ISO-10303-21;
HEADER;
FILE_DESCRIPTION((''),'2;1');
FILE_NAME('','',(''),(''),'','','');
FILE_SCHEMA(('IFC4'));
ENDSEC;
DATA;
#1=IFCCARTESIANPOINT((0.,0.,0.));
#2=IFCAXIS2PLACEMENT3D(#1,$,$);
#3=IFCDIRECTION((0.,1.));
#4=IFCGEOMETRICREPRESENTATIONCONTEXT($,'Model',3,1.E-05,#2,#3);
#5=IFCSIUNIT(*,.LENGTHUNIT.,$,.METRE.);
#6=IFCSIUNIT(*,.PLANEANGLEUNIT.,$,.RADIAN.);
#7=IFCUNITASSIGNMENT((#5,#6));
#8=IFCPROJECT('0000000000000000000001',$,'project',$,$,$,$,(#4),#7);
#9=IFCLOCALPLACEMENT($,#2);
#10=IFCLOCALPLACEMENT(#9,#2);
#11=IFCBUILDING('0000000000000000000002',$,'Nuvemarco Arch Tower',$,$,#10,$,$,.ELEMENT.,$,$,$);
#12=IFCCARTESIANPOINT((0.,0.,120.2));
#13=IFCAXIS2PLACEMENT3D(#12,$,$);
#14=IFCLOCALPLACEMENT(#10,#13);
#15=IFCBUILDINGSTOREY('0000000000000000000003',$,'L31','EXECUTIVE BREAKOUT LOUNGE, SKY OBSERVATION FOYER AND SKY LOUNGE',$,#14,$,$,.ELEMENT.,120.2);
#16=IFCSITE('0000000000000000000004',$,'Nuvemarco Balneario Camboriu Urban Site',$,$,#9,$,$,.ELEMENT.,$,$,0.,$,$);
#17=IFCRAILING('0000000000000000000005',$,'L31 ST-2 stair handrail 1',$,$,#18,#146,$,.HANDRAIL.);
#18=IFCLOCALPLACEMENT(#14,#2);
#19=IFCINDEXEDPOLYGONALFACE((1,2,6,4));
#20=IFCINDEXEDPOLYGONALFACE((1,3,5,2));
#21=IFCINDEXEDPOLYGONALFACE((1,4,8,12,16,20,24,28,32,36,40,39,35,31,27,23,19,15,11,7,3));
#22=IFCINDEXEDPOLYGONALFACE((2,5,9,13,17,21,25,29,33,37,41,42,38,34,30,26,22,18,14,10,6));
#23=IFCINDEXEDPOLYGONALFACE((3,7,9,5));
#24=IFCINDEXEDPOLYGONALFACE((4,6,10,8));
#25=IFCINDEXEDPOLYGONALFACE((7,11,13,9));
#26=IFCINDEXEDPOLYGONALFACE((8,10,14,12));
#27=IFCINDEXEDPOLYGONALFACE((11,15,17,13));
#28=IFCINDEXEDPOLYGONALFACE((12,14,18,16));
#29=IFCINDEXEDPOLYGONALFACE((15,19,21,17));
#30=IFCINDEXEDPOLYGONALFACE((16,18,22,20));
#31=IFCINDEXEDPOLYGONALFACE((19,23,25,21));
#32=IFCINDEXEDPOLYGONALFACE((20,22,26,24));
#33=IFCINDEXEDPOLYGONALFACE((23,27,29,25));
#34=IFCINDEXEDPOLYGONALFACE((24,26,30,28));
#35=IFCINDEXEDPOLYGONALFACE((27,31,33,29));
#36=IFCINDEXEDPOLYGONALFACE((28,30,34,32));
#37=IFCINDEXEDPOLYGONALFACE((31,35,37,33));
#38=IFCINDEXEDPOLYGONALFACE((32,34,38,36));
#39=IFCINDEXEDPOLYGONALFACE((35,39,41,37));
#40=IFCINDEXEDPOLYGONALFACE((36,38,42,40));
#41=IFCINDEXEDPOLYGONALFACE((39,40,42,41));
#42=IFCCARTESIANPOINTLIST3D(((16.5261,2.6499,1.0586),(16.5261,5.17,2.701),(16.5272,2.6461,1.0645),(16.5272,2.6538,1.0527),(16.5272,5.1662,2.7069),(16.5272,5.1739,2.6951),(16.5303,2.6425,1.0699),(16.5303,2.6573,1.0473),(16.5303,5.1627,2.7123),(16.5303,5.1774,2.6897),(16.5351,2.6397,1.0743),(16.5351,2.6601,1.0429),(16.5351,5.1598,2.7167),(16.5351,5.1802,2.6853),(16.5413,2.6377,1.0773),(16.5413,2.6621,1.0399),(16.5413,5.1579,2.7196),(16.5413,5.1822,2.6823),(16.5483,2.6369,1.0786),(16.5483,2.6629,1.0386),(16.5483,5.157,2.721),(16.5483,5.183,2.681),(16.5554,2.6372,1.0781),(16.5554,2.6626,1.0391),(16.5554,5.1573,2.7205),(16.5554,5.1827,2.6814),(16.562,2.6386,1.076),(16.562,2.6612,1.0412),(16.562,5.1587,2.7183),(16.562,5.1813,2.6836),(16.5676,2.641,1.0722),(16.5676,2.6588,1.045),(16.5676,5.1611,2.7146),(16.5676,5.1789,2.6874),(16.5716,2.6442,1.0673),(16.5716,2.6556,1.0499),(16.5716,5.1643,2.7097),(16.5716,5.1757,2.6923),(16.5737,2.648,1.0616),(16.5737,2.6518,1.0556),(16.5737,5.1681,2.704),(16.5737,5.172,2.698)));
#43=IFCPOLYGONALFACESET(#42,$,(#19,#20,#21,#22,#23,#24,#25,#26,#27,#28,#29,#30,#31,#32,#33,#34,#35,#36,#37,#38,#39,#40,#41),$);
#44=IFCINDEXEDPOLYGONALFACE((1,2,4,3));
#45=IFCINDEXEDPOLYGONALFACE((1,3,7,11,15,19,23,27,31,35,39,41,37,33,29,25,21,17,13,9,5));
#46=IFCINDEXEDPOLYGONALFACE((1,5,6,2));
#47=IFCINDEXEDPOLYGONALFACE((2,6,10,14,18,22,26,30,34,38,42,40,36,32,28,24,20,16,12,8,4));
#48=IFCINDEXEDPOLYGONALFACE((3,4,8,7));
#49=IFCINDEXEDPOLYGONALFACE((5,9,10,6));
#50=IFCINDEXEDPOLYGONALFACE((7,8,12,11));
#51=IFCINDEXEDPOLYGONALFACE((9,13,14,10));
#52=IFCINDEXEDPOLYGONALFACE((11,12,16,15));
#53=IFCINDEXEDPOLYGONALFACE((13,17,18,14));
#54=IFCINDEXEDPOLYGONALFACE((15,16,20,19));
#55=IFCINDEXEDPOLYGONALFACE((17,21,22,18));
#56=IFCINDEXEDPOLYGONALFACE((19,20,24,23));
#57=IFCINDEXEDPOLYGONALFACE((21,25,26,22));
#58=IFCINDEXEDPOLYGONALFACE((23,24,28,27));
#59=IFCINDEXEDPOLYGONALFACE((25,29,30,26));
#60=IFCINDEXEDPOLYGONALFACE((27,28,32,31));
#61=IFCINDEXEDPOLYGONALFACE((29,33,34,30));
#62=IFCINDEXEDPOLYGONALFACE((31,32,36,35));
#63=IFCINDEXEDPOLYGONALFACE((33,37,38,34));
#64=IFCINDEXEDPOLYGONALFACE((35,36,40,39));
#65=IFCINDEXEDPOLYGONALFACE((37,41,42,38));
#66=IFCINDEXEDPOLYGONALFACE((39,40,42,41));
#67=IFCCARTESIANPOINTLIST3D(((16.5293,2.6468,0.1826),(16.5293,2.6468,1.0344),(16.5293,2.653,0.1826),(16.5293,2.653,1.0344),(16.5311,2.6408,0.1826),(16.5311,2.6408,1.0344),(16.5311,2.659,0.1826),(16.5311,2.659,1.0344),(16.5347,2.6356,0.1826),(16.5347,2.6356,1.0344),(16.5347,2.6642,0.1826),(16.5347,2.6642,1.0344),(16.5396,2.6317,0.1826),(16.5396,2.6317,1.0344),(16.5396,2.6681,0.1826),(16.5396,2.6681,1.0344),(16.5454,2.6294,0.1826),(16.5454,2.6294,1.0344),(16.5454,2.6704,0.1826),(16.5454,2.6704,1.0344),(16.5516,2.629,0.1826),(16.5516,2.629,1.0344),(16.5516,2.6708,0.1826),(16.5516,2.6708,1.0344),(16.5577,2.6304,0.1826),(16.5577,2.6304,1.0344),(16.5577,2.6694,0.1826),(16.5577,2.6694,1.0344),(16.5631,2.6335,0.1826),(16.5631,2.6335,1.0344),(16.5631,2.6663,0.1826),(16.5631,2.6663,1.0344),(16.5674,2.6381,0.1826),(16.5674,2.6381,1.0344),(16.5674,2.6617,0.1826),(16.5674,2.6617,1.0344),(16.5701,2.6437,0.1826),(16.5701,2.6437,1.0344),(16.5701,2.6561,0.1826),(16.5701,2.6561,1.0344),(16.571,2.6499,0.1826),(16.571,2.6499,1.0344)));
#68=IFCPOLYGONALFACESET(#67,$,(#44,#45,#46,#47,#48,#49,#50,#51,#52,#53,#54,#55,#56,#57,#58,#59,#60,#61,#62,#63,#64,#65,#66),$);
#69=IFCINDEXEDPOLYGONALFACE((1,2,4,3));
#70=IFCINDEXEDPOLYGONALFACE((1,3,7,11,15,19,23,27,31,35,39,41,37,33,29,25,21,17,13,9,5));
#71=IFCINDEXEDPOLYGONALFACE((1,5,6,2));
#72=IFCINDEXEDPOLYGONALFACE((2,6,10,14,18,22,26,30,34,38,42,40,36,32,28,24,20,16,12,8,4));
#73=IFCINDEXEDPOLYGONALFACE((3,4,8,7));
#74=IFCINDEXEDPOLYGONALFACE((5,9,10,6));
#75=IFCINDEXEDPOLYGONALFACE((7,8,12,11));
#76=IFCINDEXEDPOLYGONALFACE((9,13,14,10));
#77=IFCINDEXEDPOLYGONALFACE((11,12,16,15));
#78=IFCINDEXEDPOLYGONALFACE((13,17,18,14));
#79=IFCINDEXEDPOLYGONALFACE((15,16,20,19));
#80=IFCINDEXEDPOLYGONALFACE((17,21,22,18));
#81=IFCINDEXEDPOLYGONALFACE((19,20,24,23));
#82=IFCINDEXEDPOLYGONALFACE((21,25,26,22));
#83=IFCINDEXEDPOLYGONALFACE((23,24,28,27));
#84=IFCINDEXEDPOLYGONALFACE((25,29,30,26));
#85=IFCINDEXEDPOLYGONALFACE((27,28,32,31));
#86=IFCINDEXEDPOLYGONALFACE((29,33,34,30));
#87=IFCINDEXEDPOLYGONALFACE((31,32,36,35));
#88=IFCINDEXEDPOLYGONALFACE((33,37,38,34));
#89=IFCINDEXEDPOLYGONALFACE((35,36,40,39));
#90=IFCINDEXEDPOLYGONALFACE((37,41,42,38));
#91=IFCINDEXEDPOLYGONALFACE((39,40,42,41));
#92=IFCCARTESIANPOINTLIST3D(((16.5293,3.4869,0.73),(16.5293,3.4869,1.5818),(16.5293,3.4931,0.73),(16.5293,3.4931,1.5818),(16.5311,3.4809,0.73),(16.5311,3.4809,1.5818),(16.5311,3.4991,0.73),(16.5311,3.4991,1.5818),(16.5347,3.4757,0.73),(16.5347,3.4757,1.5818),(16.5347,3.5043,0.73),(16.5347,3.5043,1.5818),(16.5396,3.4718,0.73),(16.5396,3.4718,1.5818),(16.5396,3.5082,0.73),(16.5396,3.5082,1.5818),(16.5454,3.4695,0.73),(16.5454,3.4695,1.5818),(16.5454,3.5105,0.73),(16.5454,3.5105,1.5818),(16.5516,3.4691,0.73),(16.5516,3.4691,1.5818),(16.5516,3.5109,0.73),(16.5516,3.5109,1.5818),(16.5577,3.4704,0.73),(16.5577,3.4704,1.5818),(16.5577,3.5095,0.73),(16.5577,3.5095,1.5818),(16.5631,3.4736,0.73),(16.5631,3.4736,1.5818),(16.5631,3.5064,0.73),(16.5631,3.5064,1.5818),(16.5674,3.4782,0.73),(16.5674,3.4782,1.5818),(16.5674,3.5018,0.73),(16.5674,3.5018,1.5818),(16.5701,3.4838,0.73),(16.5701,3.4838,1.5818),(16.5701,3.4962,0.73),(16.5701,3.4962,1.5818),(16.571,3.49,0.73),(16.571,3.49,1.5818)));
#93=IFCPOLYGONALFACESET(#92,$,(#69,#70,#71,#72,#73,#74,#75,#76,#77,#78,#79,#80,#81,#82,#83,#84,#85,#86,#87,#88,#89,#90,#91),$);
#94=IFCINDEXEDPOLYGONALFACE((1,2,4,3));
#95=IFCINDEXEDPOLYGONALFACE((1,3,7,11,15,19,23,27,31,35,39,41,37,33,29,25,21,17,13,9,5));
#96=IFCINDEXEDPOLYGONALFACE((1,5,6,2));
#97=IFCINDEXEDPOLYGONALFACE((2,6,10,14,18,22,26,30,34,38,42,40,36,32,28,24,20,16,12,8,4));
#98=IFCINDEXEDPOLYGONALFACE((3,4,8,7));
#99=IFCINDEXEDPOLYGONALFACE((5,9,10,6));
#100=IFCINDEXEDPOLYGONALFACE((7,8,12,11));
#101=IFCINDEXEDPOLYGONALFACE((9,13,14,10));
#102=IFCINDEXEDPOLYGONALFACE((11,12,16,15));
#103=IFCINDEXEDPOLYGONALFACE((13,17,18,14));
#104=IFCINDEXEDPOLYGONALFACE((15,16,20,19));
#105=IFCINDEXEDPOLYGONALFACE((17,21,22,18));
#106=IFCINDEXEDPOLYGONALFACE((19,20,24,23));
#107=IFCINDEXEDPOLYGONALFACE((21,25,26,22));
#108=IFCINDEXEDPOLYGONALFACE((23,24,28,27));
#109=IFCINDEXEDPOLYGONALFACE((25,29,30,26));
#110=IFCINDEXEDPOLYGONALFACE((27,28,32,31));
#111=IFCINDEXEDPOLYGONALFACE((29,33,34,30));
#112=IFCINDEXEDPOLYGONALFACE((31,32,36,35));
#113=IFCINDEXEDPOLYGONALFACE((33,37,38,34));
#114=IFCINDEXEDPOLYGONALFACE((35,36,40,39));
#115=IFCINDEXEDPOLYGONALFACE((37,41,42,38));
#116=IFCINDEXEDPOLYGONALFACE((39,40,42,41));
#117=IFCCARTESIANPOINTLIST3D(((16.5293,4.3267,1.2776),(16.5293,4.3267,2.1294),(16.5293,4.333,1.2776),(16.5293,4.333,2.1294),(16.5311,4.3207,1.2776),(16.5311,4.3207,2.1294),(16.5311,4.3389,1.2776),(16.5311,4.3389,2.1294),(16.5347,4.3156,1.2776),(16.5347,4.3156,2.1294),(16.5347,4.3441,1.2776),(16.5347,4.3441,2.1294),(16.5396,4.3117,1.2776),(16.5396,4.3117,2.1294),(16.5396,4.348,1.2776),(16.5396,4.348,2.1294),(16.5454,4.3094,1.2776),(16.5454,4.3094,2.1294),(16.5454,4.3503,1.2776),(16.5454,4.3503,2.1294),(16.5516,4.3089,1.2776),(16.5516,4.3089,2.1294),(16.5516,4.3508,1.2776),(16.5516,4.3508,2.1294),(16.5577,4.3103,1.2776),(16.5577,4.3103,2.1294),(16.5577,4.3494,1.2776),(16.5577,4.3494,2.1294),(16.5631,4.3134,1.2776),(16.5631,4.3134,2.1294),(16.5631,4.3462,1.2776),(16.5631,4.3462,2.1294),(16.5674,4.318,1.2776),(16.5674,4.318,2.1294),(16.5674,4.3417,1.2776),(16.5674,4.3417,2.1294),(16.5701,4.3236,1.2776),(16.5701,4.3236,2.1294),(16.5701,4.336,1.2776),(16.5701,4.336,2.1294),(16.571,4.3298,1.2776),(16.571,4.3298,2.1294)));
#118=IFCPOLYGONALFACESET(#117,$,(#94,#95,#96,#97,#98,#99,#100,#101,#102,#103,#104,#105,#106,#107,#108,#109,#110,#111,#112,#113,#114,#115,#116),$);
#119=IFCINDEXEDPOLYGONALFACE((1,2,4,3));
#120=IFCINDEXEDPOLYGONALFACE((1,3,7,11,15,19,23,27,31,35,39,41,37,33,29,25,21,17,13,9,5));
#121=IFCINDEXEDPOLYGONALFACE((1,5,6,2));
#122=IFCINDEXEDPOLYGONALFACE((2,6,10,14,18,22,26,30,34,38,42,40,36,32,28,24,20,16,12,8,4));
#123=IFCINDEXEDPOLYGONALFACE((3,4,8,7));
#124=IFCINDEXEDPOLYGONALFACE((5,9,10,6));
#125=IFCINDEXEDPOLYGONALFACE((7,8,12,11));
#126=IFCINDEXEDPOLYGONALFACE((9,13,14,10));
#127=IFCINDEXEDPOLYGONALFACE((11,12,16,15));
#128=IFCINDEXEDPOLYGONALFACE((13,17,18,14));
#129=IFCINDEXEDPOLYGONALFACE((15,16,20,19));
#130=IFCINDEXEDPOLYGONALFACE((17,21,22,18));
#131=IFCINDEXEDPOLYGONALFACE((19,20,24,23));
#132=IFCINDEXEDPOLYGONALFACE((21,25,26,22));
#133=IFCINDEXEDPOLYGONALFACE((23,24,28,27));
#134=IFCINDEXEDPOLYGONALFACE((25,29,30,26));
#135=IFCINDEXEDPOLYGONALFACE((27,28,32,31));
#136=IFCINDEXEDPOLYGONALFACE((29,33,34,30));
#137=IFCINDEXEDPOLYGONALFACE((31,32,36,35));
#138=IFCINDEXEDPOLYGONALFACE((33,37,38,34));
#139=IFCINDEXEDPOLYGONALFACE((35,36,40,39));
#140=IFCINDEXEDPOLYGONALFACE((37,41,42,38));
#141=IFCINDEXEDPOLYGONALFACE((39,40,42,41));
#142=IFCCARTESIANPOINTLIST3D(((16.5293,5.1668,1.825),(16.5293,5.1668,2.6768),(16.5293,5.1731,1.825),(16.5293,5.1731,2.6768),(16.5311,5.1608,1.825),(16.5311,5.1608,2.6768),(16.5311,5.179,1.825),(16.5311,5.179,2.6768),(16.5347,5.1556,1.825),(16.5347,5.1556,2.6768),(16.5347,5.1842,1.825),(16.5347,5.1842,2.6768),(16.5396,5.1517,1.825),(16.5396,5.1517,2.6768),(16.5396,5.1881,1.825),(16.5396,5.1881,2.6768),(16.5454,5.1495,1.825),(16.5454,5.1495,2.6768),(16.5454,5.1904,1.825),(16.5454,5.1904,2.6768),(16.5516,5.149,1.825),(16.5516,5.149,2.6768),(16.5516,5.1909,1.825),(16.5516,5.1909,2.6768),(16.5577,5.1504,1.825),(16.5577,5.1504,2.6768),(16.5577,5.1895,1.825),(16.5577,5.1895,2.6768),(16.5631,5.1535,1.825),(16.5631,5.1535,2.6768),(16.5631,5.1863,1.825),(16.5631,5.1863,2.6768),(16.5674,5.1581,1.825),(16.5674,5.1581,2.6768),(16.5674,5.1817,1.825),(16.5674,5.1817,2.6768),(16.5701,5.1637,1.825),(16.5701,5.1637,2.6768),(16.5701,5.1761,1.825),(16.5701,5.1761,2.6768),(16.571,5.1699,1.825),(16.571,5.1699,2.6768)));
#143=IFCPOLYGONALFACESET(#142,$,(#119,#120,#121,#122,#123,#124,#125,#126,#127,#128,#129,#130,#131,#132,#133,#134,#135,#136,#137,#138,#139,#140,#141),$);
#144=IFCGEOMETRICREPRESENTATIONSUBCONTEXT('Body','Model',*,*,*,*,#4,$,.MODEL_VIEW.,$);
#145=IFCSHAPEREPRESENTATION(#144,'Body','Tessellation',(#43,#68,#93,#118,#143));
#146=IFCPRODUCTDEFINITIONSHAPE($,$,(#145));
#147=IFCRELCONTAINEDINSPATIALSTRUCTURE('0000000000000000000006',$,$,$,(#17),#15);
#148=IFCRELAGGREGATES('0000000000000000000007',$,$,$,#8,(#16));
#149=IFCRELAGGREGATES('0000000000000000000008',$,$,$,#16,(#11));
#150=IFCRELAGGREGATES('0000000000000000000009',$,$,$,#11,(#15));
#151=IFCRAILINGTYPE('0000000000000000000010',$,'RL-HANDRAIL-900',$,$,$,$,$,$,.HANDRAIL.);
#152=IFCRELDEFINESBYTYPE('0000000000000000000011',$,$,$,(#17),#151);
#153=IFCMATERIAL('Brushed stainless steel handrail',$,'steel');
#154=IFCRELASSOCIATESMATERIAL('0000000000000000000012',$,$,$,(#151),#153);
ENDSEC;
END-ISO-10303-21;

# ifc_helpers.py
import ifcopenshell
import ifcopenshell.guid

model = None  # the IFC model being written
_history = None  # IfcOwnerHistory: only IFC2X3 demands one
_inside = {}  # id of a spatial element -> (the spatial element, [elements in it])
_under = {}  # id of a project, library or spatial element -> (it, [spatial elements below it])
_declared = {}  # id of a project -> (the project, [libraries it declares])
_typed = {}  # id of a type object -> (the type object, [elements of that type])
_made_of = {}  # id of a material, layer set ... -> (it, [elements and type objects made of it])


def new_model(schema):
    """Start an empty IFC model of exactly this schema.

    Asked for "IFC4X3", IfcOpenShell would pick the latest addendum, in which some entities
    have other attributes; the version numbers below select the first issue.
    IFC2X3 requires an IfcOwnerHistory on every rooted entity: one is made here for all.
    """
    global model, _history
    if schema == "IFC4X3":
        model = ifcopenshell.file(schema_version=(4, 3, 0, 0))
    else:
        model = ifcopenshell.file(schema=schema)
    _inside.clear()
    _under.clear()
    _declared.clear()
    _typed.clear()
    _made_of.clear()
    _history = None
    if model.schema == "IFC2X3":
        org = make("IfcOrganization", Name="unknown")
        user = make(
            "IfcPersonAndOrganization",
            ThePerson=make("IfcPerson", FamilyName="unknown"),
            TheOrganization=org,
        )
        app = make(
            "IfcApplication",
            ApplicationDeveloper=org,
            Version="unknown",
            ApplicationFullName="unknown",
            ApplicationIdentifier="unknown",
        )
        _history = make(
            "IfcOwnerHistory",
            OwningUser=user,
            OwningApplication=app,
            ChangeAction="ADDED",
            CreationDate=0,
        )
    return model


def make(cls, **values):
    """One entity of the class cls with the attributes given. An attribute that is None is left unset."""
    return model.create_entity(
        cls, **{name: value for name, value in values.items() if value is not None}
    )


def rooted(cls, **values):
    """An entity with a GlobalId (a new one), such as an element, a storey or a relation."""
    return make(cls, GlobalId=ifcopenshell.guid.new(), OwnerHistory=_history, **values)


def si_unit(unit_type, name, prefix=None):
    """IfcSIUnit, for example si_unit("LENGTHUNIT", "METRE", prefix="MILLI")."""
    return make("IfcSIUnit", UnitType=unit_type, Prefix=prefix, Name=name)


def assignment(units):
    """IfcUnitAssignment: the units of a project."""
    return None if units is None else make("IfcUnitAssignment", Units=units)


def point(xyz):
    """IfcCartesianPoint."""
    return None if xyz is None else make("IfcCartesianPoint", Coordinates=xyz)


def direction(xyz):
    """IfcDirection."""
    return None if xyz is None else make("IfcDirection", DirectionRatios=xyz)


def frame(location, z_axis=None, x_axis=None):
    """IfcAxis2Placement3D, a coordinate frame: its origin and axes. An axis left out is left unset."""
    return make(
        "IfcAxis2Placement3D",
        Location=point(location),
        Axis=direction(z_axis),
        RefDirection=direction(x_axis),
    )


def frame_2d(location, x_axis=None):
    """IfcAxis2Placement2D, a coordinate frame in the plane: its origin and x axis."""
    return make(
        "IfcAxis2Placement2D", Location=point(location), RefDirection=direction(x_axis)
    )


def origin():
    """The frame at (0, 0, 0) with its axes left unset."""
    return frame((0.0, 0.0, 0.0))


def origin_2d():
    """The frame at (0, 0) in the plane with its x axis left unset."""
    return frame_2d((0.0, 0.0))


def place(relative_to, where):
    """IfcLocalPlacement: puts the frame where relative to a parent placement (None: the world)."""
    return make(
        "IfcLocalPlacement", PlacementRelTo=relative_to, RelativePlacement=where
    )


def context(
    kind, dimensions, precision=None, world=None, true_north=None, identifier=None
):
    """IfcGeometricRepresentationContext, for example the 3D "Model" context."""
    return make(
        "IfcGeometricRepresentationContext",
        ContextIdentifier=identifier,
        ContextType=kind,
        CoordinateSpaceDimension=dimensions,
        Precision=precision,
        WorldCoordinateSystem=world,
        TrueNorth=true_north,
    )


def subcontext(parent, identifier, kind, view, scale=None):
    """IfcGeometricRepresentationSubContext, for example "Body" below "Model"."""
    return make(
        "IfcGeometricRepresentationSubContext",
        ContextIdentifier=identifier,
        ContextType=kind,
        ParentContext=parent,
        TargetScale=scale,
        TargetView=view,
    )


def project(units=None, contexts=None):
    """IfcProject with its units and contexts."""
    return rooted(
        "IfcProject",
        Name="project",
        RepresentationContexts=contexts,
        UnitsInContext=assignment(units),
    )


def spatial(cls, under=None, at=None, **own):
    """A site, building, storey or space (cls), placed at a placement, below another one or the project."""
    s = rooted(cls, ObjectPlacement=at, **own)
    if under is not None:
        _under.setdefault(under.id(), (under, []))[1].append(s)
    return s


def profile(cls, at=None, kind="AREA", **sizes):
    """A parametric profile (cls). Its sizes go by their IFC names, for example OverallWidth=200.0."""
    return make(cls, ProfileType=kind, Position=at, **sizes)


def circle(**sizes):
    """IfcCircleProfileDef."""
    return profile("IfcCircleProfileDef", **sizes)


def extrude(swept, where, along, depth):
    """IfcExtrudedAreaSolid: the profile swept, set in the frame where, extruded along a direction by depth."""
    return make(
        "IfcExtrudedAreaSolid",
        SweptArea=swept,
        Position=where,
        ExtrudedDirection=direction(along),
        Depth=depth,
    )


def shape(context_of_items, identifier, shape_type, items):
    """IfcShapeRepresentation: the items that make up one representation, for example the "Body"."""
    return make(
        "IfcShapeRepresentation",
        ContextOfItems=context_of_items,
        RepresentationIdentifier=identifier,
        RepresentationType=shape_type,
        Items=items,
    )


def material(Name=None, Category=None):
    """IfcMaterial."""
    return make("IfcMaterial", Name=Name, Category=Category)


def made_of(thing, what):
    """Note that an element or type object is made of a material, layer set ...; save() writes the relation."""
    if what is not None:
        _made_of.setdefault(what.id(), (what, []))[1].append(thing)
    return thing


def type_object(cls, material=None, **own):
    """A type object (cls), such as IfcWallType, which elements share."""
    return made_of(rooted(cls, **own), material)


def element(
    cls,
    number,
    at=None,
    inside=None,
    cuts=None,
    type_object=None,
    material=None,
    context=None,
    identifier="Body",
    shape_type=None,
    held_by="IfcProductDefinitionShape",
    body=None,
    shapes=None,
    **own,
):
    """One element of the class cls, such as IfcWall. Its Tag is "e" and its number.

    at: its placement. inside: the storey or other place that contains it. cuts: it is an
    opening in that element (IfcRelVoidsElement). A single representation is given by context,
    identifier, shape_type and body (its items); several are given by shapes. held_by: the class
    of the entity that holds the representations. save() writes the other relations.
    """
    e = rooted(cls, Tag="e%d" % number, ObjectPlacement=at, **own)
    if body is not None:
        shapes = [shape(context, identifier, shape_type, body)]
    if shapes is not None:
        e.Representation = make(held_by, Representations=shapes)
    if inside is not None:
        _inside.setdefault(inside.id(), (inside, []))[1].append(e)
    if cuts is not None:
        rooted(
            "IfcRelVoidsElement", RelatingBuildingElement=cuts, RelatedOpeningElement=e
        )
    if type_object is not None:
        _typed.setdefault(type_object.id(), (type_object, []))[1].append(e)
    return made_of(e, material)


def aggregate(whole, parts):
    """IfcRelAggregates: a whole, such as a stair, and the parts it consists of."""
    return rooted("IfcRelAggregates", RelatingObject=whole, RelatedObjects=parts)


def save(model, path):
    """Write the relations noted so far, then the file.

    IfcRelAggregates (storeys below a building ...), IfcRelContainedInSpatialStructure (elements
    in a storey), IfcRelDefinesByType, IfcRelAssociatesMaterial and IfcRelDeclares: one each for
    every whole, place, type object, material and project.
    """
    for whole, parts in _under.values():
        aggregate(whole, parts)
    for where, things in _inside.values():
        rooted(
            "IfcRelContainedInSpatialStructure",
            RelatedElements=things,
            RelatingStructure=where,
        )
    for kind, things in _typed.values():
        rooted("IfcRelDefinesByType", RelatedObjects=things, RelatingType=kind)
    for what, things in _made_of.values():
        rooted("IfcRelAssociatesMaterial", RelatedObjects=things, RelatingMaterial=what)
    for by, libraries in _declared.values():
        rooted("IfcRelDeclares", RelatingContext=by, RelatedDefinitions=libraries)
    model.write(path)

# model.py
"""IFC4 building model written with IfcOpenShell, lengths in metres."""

from ifc_helpers import new_model, si_unit, direction, frame, origin, origin_2d, place, context, subcontext, project, spatial, circle, extrude, material, type_object, element, save


model = new_model("IFC4")

# Units and contexts
model_context = context("Model", 3, precision=1e-05, world=origin(), true_north=direction((0.0, 1.0)))
body_context = subcontext(model_context, "Body", "Model", "MODEL_VIEW")
ifc_project = project(units=[si_unit("LENGTHUNIT", "METRE"), si_unit("PLANEANGLEUNIT", "RADIAN")], contexts=[model_context])

# Site, building, storey
site_placement = place(None, origin())
site = spatial("IfcSite", under=ifc_project, at=site_placement, Name="Nuvemarco Balneario Camboriu Urban Site", CompositionType="ELEMENT", RefElevation=0.0)
building_placement = place(site_placement, origin())
building = spatial("IfcBuilding", under=site, at=building_placement, Name="Nuvemarco Arch Tower", CompositionType="ELEMENT")
storey_placement = place(building_placement, frame((0.0, 0.0, 120.2)))
storey = spatial("IfcBuildingStorey", under=building, at=storey_placement, Name="L31", Description="EXECUTIVE BREAKOUT LOUNGE, SKY OBSERVATION FOYER AND SKY LOUNGE", CompositionType="ELEMENT", Elevation=120.2)

# Railing
ifc_material_1 = material(Name="Brushed stainless steel handrail", Category="steel")
railing_type_1 = type_object("IfcRailingType", Name="RL-HANDRAIL-900", PredefinedType="HANDRAIL", material=ifc_material_1)
railing_1_placement = place(storey_placement, frame((16.55, 2.6499, 0.1826)))
element("IfcRailing", 1, at=railing_1_placement, inside=storey, type_object=railing_type_1, Name="L31 ST-2 stair handrail 1", PredefinedType="HANDRAIL", context=body_context, shape_type="SweptSolid", body=[
    extrude(circle(Radius=0.0239, at=origin_2d()), frame((0.0, 0.0, 0.876), z_axis=(0.0, 0.837787, 0.545998), x_axis=(-1.0, 0.0, 0.0)), (0.0, 0.0, 1.0), 3.0081),
    extrude(circle(Radius=0.021, at=origin_2d()), origin(), (0.0, 0.0, 1.0), 0.8518),
    extrude(circle(Radius=0.021, at=origin_2d()), frame((0.0, 0.8401, 0.5474)), (0.0, 0.0, 1.0), 0.8518),
    extrude(circle(Radius=0.021, at=origin_2d()), frame((0.0, 1.6799, 1.095)), (0.0, 0.0, 1.0), 0.8518),
    extrude(circle(Radius=0.021, at=origin_2d()), frame((0.0, 2.52, 1.6423)), (0.0, 0.0, 1.0), 0.8518),
])

save(model, "model.ifc")
